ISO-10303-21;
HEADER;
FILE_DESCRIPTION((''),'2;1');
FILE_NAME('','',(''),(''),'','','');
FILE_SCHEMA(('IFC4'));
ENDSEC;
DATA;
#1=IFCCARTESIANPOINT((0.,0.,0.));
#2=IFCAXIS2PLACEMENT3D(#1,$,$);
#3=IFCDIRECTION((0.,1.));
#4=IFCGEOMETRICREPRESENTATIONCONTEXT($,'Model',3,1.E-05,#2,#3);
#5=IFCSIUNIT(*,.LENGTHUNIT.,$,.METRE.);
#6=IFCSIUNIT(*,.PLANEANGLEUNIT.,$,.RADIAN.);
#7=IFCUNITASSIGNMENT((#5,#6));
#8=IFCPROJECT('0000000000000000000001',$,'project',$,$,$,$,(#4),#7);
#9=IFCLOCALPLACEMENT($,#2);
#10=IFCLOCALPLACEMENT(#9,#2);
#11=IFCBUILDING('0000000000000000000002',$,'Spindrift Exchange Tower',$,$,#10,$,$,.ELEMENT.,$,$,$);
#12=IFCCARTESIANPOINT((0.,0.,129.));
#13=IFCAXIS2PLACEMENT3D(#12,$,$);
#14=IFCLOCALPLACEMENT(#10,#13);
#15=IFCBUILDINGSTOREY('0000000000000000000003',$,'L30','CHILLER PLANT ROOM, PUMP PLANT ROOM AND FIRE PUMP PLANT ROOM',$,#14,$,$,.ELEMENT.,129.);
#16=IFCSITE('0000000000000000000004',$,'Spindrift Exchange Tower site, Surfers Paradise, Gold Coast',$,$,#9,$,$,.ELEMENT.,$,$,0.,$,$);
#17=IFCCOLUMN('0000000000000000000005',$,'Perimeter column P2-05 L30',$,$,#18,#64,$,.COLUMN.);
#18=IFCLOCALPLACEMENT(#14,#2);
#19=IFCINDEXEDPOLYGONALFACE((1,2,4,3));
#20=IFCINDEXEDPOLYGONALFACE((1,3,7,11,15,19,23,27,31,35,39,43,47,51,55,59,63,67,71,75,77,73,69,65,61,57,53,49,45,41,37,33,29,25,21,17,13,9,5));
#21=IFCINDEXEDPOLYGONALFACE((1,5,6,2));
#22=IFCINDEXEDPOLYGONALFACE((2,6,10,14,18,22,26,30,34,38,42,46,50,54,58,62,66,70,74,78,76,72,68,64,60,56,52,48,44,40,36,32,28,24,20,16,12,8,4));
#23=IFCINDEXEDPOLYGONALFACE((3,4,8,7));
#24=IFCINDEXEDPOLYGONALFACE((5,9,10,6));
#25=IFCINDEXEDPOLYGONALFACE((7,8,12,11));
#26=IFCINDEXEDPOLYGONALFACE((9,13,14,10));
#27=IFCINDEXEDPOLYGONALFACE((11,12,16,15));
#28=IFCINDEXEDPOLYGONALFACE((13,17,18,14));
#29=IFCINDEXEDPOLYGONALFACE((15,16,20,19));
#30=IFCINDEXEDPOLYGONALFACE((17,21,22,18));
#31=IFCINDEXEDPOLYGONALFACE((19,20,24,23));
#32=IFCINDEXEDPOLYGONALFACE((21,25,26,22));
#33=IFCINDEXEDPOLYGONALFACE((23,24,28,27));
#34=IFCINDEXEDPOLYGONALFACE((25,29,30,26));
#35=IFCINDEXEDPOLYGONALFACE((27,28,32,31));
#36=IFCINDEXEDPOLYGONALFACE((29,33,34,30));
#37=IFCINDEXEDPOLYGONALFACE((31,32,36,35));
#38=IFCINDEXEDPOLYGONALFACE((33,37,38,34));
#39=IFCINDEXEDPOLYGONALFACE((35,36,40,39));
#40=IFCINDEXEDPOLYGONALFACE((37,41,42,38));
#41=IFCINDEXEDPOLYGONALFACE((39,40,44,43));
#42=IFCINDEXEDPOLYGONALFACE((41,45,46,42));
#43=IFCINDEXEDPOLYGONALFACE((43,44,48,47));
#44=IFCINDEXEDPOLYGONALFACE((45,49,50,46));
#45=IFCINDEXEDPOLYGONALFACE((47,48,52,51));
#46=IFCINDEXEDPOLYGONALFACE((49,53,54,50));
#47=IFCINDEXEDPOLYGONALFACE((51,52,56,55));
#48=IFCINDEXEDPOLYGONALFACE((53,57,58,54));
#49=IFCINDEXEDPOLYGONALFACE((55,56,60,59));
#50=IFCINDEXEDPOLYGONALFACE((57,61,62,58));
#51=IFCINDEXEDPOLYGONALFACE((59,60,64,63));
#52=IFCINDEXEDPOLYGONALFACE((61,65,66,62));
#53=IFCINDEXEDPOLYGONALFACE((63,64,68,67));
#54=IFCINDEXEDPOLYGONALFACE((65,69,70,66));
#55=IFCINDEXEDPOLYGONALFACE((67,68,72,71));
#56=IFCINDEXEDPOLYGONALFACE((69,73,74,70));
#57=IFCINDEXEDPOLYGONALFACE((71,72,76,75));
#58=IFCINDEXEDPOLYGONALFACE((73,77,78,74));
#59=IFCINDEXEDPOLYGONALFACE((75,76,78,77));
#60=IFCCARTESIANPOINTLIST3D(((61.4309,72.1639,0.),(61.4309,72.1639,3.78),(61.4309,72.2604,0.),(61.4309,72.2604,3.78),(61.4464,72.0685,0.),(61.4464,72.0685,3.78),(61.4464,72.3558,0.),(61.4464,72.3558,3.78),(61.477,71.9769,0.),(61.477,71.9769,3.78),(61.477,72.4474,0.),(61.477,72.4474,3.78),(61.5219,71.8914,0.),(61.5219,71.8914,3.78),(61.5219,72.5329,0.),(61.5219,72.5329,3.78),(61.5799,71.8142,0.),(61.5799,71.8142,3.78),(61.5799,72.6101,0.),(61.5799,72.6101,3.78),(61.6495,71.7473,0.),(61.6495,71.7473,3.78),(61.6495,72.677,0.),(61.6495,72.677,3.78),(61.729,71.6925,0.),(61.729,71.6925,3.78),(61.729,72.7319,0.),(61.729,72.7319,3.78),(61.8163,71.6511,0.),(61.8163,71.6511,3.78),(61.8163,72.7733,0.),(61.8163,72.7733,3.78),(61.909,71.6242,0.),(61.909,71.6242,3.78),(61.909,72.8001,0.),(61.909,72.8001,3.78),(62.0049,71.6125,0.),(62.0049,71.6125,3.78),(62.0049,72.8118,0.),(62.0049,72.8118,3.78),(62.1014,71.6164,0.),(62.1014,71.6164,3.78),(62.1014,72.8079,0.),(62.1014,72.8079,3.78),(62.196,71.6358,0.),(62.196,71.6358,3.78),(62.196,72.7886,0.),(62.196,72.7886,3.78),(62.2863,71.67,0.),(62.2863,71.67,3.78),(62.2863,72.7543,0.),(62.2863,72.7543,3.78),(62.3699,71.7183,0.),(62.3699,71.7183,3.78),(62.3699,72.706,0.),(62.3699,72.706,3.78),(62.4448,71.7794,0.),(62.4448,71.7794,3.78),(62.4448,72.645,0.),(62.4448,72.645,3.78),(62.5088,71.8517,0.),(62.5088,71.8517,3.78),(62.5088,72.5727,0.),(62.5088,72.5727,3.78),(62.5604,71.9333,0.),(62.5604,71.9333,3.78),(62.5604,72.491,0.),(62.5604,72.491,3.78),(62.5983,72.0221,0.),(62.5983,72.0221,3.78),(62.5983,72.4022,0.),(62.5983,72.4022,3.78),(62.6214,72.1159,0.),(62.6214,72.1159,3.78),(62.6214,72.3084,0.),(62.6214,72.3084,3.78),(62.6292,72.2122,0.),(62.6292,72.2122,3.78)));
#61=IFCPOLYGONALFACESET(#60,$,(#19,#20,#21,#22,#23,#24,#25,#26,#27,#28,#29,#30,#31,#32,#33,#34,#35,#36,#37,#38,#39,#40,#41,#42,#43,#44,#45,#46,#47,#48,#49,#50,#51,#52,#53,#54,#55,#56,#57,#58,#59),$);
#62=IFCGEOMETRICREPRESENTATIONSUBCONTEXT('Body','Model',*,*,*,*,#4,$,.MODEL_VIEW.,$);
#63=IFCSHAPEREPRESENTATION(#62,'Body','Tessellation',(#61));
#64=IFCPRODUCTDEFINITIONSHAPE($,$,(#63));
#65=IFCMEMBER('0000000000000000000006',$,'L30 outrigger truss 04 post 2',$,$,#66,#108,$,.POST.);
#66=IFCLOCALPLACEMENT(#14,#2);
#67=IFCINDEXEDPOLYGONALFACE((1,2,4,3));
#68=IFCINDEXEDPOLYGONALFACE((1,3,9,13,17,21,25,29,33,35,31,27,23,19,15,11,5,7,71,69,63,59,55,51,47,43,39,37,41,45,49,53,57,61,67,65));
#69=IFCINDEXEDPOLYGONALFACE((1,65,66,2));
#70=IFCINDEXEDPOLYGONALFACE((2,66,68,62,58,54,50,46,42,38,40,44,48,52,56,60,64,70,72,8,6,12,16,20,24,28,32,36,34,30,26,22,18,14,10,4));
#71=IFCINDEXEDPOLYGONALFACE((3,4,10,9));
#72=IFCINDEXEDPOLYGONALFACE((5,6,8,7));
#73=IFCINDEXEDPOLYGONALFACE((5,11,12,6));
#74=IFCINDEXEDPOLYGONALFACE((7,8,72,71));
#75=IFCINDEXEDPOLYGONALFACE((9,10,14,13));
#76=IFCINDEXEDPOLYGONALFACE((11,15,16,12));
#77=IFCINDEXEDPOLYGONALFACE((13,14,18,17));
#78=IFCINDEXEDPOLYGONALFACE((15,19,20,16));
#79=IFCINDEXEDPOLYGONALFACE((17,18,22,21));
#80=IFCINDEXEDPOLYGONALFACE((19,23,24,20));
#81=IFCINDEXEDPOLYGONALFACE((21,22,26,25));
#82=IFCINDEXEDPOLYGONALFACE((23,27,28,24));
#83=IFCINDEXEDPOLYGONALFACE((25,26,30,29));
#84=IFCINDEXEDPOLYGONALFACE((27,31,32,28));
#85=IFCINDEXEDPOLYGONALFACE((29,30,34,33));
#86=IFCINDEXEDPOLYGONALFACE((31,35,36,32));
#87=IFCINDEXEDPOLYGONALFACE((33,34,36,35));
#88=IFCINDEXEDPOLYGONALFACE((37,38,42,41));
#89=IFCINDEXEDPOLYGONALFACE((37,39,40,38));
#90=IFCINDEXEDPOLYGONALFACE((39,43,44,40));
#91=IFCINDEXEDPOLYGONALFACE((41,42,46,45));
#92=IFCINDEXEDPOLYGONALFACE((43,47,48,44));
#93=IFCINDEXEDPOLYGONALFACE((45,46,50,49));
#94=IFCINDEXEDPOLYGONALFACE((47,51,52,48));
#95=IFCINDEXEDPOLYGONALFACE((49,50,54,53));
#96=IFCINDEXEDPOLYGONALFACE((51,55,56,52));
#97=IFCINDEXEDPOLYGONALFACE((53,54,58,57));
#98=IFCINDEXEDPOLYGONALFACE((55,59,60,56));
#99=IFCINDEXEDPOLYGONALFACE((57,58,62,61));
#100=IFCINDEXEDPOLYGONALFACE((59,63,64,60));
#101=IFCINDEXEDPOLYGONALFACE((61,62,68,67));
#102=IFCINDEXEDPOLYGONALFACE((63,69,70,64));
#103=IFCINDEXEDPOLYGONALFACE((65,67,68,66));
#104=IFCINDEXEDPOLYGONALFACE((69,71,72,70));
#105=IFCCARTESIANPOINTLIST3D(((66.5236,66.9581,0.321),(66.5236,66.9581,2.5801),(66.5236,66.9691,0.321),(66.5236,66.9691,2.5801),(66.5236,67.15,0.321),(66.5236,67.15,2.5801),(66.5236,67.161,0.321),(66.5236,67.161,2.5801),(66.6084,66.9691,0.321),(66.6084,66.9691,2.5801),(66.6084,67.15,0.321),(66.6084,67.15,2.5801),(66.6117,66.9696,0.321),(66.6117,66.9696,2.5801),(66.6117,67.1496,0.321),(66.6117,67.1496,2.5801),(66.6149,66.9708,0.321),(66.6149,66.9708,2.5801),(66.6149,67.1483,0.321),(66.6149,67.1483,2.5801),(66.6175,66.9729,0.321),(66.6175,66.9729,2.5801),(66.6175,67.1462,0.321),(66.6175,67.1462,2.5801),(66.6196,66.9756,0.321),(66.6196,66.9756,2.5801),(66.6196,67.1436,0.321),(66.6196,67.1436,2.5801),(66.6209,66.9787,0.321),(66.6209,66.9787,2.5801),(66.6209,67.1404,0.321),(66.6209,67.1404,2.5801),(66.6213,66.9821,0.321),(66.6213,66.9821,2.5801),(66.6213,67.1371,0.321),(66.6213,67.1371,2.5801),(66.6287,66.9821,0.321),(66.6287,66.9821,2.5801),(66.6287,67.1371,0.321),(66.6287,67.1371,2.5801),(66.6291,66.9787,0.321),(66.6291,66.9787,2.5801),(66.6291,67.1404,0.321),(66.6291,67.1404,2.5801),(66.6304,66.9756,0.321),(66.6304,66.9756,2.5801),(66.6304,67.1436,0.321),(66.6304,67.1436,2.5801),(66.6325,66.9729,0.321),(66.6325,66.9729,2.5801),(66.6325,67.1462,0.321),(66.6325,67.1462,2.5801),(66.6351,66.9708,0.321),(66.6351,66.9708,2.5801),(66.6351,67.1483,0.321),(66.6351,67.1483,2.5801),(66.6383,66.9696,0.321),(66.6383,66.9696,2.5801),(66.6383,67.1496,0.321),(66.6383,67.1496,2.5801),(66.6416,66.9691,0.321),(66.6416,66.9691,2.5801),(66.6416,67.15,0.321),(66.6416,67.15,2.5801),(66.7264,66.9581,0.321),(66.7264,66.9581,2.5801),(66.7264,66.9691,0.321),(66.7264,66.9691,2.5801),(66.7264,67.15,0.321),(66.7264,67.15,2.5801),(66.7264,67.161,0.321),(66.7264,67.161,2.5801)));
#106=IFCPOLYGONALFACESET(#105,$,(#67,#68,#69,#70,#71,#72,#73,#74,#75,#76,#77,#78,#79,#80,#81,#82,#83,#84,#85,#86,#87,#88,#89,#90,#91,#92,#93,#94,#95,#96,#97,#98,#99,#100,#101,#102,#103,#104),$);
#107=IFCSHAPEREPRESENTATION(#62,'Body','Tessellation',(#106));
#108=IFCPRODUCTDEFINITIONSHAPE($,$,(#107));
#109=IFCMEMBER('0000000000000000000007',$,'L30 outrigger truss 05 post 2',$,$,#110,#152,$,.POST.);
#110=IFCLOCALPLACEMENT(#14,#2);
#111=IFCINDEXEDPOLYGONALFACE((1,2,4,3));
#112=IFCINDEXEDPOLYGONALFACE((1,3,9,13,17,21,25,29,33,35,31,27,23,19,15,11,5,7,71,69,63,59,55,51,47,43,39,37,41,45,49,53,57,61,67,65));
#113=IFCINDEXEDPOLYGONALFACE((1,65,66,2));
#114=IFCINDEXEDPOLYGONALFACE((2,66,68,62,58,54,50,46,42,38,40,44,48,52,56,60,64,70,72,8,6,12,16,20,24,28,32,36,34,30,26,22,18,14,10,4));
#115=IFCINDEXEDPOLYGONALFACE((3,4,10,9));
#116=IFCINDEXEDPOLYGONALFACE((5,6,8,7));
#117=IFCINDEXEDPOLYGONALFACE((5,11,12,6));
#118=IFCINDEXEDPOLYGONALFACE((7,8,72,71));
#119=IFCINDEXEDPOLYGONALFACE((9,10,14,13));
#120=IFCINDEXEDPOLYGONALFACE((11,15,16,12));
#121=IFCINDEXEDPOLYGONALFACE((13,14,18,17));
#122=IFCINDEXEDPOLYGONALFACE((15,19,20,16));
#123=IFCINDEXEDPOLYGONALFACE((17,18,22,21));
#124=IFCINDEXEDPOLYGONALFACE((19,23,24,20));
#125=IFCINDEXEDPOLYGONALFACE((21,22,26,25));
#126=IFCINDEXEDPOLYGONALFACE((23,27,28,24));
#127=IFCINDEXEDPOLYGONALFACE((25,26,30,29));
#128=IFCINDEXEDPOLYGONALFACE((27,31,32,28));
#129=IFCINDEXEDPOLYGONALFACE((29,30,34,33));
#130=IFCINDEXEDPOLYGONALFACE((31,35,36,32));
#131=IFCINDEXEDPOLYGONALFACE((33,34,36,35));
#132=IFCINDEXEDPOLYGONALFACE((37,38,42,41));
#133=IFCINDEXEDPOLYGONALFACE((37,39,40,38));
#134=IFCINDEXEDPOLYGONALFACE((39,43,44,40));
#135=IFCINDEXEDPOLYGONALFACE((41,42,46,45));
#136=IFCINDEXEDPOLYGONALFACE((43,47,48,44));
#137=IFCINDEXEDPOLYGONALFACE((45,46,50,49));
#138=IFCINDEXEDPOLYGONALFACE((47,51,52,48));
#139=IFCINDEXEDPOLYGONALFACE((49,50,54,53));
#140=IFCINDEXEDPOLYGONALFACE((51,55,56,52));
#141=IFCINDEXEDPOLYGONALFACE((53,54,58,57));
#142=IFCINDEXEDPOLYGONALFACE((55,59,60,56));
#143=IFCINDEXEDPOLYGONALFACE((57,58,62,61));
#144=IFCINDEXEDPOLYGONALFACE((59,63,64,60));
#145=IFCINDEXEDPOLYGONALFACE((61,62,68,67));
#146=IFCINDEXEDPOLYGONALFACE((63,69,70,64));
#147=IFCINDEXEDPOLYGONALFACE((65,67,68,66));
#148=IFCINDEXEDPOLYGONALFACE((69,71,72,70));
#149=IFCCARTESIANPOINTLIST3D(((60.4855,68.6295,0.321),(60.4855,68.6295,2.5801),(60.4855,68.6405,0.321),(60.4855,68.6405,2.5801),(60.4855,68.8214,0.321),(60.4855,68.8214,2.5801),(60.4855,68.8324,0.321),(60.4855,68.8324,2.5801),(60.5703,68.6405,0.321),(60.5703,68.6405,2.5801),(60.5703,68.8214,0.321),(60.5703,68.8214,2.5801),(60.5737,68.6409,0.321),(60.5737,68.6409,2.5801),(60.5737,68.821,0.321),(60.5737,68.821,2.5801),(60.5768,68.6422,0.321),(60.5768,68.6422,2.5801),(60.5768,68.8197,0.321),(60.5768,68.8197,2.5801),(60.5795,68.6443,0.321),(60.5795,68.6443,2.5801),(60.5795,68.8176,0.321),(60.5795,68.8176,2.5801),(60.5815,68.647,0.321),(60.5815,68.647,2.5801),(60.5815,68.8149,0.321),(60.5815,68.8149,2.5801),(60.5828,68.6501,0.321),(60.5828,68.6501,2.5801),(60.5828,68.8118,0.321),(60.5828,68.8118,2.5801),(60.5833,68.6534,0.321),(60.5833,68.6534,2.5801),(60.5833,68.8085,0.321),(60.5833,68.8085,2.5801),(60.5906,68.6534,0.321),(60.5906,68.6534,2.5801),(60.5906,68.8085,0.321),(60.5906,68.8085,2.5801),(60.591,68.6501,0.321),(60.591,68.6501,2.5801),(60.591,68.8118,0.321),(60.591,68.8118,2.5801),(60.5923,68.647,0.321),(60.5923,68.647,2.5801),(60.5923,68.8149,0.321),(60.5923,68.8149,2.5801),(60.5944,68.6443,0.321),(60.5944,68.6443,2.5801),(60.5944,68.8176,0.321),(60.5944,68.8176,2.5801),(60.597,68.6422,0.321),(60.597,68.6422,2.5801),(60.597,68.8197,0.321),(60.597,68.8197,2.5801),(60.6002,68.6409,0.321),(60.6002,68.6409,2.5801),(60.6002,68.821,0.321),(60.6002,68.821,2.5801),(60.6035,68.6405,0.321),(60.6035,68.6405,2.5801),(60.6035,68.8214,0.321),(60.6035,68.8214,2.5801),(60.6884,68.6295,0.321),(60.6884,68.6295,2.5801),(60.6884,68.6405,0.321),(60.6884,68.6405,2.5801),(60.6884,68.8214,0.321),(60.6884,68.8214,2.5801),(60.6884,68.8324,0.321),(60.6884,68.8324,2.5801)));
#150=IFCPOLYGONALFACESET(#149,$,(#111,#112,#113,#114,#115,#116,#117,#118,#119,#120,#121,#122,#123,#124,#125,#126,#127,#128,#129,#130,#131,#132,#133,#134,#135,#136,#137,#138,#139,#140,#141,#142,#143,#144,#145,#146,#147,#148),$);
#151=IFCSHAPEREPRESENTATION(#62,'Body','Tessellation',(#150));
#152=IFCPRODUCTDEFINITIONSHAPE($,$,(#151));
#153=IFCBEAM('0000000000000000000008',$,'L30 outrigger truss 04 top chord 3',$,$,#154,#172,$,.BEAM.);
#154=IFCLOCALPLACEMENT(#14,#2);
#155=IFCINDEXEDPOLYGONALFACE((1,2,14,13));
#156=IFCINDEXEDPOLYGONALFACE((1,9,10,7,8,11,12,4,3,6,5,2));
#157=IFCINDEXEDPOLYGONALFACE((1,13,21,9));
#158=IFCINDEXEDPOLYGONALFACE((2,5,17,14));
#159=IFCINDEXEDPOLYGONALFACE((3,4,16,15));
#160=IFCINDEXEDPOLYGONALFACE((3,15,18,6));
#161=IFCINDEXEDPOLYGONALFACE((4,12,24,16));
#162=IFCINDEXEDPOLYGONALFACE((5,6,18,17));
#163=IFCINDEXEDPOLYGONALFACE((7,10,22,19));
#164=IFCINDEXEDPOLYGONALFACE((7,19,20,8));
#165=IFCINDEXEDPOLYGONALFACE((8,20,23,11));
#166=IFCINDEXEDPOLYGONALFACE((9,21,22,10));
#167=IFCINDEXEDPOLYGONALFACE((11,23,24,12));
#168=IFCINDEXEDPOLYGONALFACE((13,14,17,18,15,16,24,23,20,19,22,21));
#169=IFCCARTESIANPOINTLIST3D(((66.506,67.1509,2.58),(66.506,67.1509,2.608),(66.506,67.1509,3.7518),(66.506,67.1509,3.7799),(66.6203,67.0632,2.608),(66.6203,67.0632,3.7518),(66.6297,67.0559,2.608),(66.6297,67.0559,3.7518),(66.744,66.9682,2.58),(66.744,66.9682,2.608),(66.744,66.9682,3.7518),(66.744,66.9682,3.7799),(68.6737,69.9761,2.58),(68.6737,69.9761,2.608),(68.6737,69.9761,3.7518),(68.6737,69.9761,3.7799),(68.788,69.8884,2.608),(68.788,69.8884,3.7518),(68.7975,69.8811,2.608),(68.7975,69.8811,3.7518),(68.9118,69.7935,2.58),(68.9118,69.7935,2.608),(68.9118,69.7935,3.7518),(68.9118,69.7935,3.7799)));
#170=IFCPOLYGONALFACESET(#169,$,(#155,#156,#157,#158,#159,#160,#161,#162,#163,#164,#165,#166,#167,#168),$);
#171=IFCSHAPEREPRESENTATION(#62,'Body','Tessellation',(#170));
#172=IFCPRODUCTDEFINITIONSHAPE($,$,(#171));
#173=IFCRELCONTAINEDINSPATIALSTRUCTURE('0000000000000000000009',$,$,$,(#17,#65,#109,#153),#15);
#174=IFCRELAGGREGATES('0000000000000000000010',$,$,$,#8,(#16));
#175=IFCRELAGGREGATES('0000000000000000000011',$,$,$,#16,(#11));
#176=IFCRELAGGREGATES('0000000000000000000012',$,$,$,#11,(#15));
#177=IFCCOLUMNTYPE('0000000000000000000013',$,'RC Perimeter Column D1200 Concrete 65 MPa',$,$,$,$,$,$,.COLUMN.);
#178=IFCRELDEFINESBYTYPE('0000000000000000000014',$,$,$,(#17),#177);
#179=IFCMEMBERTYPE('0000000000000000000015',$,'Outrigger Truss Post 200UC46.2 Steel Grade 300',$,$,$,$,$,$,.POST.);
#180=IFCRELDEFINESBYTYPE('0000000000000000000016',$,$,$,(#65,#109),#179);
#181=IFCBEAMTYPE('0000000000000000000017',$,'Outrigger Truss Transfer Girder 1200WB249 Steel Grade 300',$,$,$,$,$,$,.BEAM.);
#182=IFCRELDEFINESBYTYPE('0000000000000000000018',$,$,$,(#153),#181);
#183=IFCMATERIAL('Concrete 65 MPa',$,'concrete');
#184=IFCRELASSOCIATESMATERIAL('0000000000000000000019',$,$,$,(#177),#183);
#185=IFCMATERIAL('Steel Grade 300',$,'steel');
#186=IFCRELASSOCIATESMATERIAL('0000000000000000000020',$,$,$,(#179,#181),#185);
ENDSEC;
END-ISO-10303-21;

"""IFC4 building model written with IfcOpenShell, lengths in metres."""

from ifc_helpers import new_model, si_unit, direction, frame, origin, origin_2d, place, context, subcontext, project, spatial, circle, i_section, extrude, source, transform, mapped, material, material_profile, profile_set, type_object, element, save


model = new_model("IFC4")

# Units and contexts
model_context = context("Model", 3, precision=1e-05, world=origin(), true_north=direction((0.0, 1.0)))
body_context = subcontext(model_context, "Body", "Model", "MODEL_VIEW")
ifc_project = project(units=[si_unit("LENGTHUNIT", "METRE"), si_unit("PLANEANGLEUNIT", "RADIAN")], contexts=[model_context])

# Site, building, storey
site_placement = place(None, origin())
site = spatial("IfcSite", under=ifc_project, at=site_placement, Name="Spindrift Exchange Tower site, Surfers Paradise, Gold Coast", CompositionType="ELEMENT", RefElevation=0.0)
building_placement = place(site_placement, origin())
building = spatial("IfcBuilding", under=site, at=building_placement, Name="Spindrift Exchange Tower", CompositionType="ELEMENT")
storey_placement = place(building_placement, frame((0.0, 0.0, 129.0)))
storey = spatial("IfcBuildingStorey", under=building, at=storey_placement, Name="L30", Description="CHILLER PLANT ROOM, PUMP PLANT ROOM AND FIRE PUMP PLANT ROOM", CompositionType="ELEMENT", Elevation=129.0)

# Column
ifc_material_1 = material(Name="Concrete 65 MPa", Category="concrete")
ifc_material_profile_1 = material_profile(ifc_material_1, circle(Radius=0.6001, at=origin_2d()), Name="RC D1200")
ifc_profile_set_1 = profile_set([ifc_material_profile_1], Name="Concrete 65 MPa")
column_type = type_object("IfcColumnType", Name="RC Perimeter Column D1200 Concrete 65 MPa", PredefinedType="COLUMN", material=ifc_profile_set_1)
shared_shape_1 = source(origin(), body_context, "Body", "SweptSolid", [
    extrude(circle(Radius=0.6001, at=origin_2d()), origin(), (0.0, 0.0, 1.0), 3.78),
])
column_placement = place(storey_placement, frame((62.0291, 72.2122, 0.0), z_axis=(0.0, 0.0, 1.0), x_axis=(1.0, 0.0, 0.0)))
element("IfcColumn", 1, at=column_placement, inside=storey, type_object=column_type, Name="Perimeter column P2-05 L30", PredefinedType="COLUMN", context=body_context, shape_type="MappedRepresentation", body=[
    mapped(shared_shape_1, transform((0.0, 0.0, 0.0), scale=1.0)),
])

# Members
ifc_material_2 = material(Name="Steel Grade 300", Category="steel")
ifc_material_profile_2 = material_profile(ifc_material_2, i_section(OverallWidth=0.2029, OverallDepth=0.2029, WebThickness=0.0073, FlangeThickness=0.011, FilletRadius=0.0129, at=origin_2d()), Name="200UC46.2")
ifc_profile_set_2 = profile_set([ifc_material_profile_2], Name="Steel Grade 300")
member_type_1 = type_object("IfcMemberType", Name="Outrigger Truss Post 200UC46.2 Steel Grade 300", PredefinedType="POST", material=ifc_profile_set_2)
shared_shape_2 = source(origin(), body_context, "Body", "SweptSolid", [
    extrude(i_section(OverallWidth=0.2029, OverallDepth=0.2029, WebThickness=0.0073, FlangeThickness=0.011, FilletRadius=0.0129, at=origin_2d()), origin(), (0.0, 0.0, 1.0), 2.259),
])
for number, where, z_axis, x_axis, name in (
    (2, (66.625, 67.0596, 0.321), (0.0, 0.0, 1.0), (1.0, 0.0, 0.0), "L30 outrigger truss 04 post 2"),
    (3, (60.5869, 68.731, 0.321), (0.0, 0.0, 1.0), (1.0, 0.0, 0.0), "L30 outrigger truss 05 post 2"),
):
    element("IfcMember", number, at=place(storey_placement, frame(where, z_axis=z_axis, x_axis=x_axis)), inside=storey, type_object=member_type_1, Name=name, PredefinedType="POST", context=body_context, shape_type="MappedRepresentation", body=[
        mapped(shared_shape_2, transform((0.0, 0.0, 0.0), scale=1.0)),
    ])

# Beam
ifc_material_profile_3 = material_profile(ifc_material_2, i_section(OverallWidth=0.3, OverallDepth=1.2, WebThickness=0.012, FlangeThickness=0.0281, at=origin_2d()), Name="1200WB249")
ifc_profile_set_3 = profile_set([ifc_material_profile_3], Name="Steel Grade 300")
beam_type_1 = type_object("IfcBeamType", Name="Outrigger Truss Transfer Girder 1200WB249 Steel Grade 300", PredefinedType="BEAM", material=ifc_profile_set_3)
shared_shape_3 = source(origin(), body_context, "Body", "SweptSolid", [
    extrude(i_section(OverallWidth=0.3, OverallDepth=1.2, WebThickness=0.012, FlangeThickness=0.0281, at=origin_2d()), origin(), (0.0, 0.0, 1.0), 3.561),
])
beam_1_placement = place(storey_placement, frame((66.625, 67.0596, 3.1799), z_axis=(0.60874, 0.79337, 0.0), x_axis=(-0.79337, 0.60874, 0.0)))
element("IfcBeam", 4, at=beam_1_placement, inside=storey, type_object=beam_type_1, Name="L30 outrigger truss 04 top chord 3", PredefinedType="BEAM", context=body_context, shape_type="MappedRepresentation", body=[
    mapped(shared_shape_3, transform((0.0, 0.0, 0.0), scale=1.0)),
])

save(model, "model.ifc")
